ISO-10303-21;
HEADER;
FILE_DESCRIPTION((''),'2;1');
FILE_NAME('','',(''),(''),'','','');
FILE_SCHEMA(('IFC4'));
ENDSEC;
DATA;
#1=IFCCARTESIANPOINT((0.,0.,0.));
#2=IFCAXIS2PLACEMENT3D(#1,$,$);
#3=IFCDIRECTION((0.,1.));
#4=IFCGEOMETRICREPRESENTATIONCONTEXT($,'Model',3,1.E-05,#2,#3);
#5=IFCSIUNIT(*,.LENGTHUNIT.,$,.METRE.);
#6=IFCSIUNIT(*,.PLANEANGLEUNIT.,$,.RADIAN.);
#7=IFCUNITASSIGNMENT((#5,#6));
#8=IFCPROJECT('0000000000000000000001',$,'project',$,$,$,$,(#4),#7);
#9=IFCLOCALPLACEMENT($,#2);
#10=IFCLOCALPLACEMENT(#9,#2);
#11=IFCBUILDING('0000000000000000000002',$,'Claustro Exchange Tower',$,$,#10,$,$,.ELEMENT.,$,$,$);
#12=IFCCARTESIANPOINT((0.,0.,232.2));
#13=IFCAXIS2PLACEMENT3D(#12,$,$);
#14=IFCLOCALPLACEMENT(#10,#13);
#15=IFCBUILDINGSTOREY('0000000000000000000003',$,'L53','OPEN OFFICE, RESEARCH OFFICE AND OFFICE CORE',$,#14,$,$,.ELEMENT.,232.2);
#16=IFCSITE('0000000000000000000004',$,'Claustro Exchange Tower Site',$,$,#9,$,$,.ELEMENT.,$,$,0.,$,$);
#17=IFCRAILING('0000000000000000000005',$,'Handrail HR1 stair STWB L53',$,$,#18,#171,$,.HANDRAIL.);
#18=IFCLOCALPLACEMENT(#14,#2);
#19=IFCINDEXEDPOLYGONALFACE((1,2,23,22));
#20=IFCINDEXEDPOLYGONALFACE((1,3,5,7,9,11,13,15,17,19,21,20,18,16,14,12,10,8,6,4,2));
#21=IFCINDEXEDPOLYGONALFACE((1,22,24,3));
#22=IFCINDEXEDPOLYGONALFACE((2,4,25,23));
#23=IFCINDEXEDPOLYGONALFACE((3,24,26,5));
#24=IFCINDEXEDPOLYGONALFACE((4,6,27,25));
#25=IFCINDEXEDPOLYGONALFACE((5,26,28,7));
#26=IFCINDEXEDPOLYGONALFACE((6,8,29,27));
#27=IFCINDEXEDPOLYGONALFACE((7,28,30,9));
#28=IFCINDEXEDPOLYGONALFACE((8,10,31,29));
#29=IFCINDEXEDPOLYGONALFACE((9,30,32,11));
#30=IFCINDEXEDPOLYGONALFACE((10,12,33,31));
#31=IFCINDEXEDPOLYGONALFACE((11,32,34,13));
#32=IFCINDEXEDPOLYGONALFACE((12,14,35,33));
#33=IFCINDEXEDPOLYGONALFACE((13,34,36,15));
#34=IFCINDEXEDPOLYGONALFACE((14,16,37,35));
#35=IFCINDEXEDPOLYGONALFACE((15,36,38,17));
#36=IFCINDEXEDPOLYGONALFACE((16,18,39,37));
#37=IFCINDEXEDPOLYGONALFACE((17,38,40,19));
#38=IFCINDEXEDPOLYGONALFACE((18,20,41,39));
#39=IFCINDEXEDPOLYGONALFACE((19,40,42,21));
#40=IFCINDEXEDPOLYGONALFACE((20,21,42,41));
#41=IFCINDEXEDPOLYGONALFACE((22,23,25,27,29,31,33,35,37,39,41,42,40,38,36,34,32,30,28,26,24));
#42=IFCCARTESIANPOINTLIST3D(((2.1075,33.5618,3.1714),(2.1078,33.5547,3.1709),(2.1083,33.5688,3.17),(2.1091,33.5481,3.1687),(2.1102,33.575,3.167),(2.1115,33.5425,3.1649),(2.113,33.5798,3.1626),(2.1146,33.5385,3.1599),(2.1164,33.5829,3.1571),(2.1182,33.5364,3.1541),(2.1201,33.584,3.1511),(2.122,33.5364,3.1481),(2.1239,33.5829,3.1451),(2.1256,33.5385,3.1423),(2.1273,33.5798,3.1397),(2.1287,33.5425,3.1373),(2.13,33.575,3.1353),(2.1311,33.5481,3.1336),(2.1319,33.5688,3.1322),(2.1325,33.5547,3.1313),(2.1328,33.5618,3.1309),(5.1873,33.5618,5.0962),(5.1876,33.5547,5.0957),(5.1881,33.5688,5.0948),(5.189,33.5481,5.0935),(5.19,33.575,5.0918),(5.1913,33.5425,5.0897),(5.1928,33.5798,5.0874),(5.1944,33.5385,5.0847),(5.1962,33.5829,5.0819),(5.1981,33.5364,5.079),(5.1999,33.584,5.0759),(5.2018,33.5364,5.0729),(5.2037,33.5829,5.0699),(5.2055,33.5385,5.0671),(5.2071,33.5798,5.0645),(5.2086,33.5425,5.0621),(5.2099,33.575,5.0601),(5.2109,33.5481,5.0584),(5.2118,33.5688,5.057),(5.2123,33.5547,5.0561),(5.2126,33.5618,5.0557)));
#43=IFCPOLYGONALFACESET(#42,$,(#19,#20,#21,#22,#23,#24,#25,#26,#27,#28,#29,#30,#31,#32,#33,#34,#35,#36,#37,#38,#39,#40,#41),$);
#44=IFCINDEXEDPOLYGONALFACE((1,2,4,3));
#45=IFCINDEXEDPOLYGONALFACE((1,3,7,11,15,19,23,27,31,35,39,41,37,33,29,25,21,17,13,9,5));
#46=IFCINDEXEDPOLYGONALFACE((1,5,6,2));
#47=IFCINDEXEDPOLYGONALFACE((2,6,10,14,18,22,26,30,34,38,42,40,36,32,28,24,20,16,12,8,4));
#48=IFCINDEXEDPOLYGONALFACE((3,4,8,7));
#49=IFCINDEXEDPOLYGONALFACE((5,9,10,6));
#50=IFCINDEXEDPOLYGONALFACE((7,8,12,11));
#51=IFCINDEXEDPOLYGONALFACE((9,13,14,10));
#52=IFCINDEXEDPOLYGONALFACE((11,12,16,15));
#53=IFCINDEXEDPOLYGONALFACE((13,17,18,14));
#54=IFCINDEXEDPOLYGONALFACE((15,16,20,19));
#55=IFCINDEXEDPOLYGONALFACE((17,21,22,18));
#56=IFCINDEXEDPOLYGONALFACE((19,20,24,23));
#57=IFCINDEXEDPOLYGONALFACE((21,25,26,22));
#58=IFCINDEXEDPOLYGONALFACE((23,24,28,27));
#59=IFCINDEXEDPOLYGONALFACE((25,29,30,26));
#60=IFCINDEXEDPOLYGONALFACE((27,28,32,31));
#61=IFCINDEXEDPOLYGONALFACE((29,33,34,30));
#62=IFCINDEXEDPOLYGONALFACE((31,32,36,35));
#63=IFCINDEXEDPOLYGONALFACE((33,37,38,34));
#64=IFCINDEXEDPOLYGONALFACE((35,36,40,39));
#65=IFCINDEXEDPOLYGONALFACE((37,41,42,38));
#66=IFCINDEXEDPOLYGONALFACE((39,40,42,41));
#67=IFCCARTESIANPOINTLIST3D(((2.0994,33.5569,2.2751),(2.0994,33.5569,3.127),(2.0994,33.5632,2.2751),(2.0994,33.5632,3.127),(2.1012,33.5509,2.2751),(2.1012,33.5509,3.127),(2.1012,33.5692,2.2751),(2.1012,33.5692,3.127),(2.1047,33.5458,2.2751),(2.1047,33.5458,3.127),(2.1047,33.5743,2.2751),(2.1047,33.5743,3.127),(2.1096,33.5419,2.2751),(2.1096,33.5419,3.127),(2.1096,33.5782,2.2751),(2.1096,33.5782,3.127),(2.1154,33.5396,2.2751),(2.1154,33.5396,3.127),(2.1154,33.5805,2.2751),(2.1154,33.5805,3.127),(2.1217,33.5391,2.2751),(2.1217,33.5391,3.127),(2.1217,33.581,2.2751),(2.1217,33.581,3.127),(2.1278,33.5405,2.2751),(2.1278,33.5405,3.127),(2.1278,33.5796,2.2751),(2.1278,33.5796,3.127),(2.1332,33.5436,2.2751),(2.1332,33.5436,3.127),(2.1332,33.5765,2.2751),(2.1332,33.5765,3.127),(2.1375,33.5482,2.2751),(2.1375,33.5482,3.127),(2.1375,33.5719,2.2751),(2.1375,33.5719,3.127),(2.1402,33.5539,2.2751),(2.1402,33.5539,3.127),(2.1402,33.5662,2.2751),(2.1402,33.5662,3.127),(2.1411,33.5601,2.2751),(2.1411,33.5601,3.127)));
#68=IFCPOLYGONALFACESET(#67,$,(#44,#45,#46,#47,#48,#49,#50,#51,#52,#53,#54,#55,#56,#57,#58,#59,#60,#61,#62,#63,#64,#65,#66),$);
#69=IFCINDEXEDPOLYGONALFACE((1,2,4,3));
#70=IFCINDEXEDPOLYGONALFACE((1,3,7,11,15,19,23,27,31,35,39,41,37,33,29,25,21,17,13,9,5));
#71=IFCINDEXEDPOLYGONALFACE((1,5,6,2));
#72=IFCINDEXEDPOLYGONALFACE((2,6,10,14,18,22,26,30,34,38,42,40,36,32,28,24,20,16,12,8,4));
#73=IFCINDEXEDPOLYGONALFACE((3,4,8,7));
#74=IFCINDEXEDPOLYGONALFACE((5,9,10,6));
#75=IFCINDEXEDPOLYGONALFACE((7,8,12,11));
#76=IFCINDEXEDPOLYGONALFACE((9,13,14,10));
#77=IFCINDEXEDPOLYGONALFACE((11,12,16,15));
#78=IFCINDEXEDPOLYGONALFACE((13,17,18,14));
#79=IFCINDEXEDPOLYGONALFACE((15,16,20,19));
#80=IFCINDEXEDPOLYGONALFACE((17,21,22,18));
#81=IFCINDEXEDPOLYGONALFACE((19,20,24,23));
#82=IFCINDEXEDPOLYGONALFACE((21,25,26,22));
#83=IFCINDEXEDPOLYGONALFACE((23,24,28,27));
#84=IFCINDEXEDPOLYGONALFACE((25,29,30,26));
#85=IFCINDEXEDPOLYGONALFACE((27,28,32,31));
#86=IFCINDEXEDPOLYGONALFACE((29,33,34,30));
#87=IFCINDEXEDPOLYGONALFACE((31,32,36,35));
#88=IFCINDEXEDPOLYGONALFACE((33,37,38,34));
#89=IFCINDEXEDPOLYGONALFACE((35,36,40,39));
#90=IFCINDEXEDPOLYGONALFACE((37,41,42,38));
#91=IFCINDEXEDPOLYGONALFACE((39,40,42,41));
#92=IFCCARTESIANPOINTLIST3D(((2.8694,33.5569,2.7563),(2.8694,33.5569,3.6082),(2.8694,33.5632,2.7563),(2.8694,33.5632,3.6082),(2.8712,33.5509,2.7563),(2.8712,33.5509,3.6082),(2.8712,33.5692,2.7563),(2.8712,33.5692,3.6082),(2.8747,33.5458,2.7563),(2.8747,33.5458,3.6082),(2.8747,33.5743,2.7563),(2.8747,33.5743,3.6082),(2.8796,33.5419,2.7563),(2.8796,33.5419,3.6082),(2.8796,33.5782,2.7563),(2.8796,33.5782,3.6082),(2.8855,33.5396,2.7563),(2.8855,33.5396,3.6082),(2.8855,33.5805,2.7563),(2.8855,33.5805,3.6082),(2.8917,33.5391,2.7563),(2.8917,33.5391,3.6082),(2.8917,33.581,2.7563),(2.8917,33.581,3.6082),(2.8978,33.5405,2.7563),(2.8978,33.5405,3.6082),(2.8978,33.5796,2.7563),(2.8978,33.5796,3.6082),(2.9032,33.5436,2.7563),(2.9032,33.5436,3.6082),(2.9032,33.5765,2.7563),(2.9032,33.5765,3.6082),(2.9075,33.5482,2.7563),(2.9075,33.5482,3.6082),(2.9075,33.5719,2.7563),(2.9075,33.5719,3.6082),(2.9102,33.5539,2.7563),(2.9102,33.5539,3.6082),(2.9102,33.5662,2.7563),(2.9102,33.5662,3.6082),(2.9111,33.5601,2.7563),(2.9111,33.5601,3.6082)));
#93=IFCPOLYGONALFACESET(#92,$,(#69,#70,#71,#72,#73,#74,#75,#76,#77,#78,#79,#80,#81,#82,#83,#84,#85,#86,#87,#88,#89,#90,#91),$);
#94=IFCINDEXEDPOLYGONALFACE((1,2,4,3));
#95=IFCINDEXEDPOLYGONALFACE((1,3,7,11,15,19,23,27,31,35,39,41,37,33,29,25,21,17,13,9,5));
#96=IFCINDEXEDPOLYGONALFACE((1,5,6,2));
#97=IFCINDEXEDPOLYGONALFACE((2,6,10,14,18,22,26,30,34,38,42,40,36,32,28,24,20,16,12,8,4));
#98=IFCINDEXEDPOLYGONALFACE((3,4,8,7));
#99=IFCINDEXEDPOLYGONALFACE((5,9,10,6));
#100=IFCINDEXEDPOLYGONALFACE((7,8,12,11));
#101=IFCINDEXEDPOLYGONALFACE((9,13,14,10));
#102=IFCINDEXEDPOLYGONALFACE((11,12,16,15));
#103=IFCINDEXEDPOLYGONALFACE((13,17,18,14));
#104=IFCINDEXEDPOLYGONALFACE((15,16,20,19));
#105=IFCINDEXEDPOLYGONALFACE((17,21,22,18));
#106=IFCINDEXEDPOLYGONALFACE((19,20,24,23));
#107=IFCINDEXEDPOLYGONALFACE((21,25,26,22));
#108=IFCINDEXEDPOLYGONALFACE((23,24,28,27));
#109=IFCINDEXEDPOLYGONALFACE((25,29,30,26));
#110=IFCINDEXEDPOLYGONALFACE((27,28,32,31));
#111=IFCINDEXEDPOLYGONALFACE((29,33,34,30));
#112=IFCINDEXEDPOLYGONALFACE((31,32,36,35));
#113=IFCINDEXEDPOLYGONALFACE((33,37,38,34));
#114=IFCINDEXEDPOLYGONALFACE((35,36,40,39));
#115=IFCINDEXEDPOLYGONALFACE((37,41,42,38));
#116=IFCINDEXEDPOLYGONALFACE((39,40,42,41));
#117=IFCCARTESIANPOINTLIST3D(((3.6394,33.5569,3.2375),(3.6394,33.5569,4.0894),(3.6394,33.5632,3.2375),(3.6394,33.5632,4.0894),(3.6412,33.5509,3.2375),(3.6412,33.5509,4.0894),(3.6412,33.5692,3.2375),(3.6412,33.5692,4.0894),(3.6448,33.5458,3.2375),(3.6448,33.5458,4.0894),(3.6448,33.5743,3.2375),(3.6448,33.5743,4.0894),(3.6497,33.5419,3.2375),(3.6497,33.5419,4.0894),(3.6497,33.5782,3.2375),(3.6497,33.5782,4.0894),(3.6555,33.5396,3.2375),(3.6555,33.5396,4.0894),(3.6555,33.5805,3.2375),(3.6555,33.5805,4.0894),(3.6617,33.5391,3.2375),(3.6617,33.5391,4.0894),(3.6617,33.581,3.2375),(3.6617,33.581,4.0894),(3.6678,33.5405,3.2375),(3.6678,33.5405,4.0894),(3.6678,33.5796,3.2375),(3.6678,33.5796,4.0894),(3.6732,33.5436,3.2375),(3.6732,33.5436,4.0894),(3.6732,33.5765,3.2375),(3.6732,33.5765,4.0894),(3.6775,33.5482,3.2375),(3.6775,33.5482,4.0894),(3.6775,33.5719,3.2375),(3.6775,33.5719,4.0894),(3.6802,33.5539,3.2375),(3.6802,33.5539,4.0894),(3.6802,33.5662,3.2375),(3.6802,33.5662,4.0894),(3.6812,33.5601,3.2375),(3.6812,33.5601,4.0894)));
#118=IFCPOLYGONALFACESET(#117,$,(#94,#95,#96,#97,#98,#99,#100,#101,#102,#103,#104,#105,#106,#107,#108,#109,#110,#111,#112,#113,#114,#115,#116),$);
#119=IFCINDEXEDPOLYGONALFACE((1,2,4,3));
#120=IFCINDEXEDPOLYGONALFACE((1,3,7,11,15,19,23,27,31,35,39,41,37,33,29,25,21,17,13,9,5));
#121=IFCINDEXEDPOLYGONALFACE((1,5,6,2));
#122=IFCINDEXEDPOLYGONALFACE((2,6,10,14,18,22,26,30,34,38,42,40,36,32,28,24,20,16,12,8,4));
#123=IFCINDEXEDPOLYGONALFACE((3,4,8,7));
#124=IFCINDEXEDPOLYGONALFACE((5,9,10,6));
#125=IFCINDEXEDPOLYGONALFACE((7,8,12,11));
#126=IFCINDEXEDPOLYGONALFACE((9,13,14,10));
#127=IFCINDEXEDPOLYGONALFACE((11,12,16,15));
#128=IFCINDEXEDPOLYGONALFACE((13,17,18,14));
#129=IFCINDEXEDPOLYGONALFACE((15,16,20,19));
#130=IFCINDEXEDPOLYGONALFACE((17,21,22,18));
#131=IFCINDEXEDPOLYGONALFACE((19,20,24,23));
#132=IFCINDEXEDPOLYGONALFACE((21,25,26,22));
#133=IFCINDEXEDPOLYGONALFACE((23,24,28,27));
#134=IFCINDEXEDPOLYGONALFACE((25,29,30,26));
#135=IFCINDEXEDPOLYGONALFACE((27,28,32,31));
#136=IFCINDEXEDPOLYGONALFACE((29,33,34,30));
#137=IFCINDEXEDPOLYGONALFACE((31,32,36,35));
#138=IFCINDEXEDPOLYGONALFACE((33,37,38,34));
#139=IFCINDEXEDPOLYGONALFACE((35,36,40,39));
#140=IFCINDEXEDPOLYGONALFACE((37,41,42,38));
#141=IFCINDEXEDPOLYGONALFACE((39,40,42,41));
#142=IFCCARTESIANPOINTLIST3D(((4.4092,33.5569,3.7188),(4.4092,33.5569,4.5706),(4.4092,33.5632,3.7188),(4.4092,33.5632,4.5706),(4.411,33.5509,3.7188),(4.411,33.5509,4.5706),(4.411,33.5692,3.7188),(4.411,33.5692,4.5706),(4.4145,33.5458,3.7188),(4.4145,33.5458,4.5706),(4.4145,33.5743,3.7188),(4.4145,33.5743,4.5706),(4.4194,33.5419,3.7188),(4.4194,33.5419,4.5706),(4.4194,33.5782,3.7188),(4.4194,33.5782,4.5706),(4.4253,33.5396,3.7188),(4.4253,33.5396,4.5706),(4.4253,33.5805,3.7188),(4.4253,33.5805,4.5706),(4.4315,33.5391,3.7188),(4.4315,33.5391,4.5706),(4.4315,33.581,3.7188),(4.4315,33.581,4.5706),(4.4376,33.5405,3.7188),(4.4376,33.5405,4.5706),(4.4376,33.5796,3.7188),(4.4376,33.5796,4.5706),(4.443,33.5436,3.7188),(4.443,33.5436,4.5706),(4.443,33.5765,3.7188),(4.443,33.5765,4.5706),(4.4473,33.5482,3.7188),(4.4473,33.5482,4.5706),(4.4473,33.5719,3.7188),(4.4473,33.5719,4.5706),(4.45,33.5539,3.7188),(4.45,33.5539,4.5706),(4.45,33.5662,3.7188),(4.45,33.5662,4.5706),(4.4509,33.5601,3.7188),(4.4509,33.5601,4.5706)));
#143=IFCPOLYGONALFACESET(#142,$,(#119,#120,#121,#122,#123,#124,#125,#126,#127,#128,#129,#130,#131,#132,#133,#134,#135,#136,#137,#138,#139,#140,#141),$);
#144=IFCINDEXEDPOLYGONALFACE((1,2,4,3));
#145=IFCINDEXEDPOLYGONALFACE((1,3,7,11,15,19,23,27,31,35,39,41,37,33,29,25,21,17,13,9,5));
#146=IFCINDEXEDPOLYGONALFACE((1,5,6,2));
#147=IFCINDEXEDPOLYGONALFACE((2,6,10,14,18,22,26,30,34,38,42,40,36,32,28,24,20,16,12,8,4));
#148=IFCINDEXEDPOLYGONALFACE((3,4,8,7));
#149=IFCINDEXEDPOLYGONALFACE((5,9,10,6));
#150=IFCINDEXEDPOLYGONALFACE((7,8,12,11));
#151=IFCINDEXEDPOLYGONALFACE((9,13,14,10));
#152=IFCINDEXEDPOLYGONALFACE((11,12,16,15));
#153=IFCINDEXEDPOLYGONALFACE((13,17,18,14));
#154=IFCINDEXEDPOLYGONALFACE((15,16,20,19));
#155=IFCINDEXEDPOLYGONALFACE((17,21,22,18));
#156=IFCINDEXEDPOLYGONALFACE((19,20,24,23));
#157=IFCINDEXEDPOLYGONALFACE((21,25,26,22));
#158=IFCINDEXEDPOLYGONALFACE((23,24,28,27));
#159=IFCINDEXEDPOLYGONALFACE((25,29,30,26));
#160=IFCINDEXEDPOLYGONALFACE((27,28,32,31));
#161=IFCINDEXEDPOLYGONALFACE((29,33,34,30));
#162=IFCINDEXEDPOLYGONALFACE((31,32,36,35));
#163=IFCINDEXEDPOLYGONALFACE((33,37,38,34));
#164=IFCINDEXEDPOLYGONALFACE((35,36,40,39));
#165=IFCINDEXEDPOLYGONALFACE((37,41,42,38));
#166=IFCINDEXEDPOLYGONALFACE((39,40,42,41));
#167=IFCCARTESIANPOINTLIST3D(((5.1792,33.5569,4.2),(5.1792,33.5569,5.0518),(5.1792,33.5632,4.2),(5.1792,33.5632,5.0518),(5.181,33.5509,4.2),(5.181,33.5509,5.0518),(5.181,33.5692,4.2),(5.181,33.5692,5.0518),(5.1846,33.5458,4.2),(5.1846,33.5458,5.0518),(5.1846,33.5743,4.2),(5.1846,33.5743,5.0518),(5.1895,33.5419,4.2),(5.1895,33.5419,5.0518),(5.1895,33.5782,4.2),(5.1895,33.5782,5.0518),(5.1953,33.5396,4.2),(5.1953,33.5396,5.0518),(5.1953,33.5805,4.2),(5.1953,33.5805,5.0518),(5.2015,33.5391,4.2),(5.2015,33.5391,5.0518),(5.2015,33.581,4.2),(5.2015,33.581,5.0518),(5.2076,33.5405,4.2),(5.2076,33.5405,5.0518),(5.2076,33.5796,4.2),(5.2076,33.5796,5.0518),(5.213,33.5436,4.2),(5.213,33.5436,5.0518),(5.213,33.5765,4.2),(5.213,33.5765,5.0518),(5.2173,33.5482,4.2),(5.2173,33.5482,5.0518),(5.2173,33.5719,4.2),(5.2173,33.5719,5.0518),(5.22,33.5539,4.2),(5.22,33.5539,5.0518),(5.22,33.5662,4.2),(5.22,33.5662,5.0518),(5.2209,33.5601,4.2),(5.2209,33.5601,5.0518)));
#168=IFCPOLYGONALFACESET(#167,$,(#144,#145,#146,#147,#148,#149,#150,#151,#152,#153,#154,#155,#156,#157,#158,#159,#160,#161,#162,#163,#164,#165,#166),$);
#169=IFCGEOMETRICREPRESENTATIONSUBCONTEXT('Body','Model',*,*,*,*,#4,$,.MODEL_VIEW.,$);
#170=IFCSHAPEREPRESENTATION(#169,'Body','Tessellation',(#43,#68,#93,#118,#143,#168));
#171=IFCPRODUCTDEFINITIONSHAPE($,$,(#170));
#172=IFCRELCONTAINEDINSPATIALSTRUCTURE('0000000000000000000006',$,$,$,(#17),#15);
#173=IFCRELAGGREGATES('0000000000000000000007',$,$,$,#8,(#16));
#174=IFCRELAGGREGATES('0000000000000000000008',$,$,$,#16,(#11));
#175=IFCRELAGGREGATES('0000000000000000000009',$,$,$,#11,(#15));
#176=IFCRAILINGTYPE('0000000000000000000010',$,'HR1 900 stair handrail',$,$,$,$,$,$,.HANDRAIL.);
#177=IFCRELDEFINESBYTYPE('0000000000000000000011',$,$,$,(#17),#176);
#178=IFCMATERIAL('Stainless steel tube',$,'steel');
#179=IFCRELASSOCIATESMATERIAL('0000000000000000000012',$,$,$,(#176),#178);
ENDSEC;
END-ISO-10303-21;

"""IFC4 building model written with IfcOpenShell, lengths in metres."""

from ifc_helpers import new_model, si_unit, direction, frame, origin, origin_2d, place, context, subcontext, project, spatial, circle, extrude, material, type_object, element, save


model = new_model("IFC4")

# Units and contexts
model_context = context("Model", 3, precision=1e-05, world=origin(), true_north=direction((0.0, 1.0)))
body_context = subcontext(model_context, "Body", "Model", "MODEL_VIEW")
ifc_project = project(units=[si_unit("LENGTHUNIT", "METRE"), si_unit("PLANEANGLEUNIT", "RADIAN")], contexts=[model_context])

# Site, building, storey
site_placement = place(None, origin())
site = spatial("IfcSite", under=ifc_project, at=site_placement, Name="Claustro Exchange Tower Site", CompositionType="ELEMENT", RefElevation=0.0)
building_placement = place(site_placement, origin())
building = spatial("IfcBuilding", under=site, at=building_placement, Name="Claustro Exchange Tower", CompositionType="ELEMENT")
storey_placement = place(building_placement, frame((0.0, 0.0, 232.2)))
storey = spatial("IfcBuildingStorey", under=building, at=storey_placement, Name="L53", Description="OPEN OFFICE, RESEARCH OFFICE AND OFFICE CORE", CompositionType="ELEMENT", Elevation=232.2)

# Railing
ifc_material_1 = material(Name="Stainless steel tube", Category="steel")
railing_type_1 = type_object("IfcRailingType", Name="HR1 900 stair handrail", PredefinedType="HANDRAIL", material=ifc_material_1)
railing_1_placement = place(storey_placement, frame((2.1201, 33.5601, 2.2751)))
element("IfcRailing", 1, at=railing_1_placement, inside=storey, type_object=railing_type_1, Name="Handrail HR1 stair STWB L53", PredefinedType="HANDRAIL", context=body_context, shape_type="SweptSolid", body=[
    extrude(circle(Radius=0.0239, at=origin_2d()), frame((0.0, 0.0, 0.876), z_axis=(0.84801, 0.0, 0.529981), x_axis=(0.0, 1.0, 0.0)), (0.0, 0.0, 1.0), 3.6318),
    extrude(circle(Radius=0.021, at=origin_2d()), origin(), (0.0, 0.0, 1.0), 0.8518),
    extrude(circle(Radius=0.021, at=origin_2d()), frame((0.77, 0.0, 0.4812)), (0.0, 0.0, 1.0), 0.8518),
    extrude(circle(Radius=0.021, at=origin_2d()), frame((1.54, 0.0, 0.9624)), (0.0, 0.0, 1.0), 0.8518),
    extrude(circle(Radius=0.021, at=origin_2d()), frame((2.3098, 0.0, 1.4436)), (0.0, 0.0, 1.0), 0.8518),
    extrude(circle(Radius=0.021, at=origin_2d()), frame((3.0798, 0.0, 1.9248)), (0.0, 0.0, 1.0), 0.8518),
])

save(model, "model.ifc")
